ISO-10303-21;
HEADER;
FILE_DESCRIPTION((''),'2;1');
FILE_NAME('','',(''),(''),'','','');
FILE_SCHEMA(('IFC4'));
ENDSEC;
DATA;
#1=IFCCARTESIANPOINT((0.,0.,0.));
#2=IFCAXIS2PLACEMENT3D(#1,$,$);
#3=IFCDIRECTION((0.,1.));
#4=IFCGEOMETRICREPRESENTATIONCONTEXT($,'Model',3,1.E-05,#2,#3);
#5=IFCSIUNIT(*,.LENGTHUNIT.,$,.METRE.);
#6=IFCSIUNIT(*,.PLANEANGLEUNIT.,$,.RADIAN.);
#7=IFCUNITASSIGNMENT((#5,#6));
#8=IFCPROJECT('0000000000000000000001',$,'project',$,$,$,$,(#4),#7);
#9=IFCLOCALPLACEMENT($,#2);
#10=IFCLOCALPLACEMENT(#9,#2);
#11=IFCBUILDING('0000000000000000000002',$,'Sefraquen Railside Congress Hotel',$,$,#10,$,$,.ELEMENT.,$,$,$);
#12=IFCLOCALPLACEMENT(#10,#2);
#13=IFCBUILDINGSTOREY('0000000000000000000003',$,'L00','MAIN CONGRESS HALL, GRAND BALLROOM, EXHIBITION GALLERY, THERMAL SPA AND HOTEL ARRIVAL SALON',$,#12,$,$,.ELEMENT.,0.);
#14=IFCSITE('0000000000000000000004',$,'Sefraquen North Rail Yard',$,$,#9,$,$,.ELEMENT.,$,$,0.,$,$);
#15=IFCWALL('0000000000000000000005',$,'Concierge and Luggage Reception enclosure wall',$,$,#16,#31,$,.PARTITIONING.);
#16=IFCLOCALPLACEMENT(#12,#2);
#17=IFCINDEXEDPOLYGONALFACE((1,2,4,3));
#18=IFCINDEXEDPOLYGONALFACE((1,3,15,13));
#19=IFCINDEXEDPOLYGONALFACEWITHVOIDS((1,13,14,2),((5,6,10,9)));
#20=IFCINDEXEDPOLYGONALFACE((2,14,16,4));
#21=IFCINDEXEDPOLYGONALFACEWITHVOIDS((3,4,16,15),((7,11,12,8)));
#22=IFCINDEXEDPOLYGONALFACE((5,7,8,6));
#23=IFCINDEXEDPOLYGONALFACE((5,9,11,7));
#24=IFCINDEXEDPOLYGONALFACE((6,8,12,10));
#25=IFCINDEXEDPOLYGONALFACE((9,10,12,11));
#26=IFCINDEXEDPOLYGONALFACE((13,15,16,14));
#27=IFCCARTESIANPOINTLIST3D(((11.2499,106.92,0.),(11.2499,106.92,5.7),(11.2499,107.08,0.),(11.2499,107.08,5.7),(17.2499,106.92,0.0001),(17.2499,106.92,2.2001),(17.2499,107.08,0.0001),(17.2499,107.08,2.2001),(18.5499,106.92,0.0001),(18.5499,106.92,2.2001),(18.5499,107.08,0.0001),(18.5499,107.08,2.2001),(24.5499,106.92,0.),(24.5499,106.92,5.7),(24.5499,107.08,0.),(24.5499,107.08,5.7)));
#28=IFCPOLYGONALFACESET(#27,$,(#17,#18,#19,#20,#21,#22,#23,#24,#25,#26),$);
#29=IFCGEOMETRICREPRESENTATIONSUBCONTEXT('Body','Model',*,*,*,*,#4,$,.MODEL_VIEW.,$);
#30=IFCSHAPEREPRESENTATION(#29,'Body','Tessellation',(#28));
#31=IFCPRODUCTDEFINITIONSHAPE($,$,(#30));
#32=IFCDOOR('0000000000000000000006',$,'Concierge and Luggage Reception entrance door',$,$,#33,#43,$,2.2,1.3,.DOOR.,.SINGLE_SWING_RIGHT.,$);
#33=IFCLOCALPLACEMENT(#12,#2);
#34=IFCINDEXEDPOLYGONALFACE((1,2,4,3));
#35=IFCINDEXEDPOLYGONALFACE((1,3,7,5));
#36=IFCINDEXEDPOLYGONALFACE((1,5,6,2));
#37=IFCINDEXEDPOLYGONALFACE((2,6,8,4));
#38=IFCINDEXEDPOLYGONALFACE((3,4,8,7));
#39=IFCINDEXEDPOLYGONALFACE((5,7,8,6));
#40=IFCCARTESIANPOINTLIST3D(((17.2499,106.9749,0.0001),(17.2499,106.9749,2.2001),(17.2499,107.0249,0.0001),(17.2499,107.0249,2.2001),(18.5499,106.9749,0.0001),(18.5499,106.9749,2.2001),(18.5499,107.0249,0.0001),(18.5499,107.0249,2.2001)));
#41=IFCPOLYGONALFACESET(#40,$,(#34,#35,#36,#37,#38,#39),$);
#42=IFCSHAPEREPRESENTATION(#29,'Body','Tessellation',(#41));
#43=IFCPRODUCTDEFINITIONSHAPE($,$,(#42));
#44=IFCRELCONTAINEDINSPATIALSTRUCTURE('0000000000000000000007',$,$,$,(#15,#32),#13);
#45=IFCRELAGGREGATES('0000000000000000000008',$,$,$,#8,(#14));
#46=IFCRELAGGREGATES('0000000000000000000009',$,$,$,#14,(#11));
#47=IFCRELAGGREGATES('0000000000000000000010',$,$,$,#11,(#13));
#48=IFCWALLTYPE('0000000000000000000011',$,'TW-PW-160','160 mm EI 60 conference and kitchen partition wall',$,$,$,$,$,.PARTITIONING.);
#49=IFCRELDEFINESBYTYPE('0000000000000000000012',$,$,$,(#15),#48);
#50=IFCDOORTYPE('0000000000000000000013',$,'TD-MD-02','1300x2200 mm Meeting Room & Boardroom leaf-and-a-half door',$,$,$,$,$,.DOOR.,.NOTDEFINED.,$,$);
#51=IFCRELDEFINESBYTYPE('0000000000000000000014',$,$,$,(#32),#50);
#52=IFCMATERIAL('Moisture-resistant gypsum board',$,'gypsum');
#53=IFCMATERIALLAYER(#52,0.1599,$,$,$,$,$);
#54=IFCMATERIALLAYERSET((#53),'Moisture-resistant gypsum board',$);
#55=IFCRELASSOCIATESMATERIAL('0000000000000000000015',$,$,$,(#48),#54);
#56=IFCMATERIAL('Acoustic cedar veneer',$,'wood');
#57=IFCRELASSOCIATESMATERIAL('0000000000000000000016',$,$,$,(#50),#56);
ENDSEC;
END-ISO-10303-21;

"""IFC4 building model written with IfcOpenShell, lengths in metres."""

from ifc_helpers import new_model, si_unit, direction, frame, frame_2d, origin, place, context, subcontext, project, spatial, rectangle, extrude, material, layer, layer_set, type_object, element, fill, save


model = new_model("IFC4")

# Units and contexts
model_context = context("Model", 3, precision=1e-05, world=origin(), true_north=direction((0.0, 1.0)))
body_context = subcontext(model_context, "Body", "Model", "MODEL_VIEW")
ifc_project = project(units=[si_unit("LENGTHUNIT", "METRE"), si_unit("PLANEANGLEUNIT", "RADIAN")], contexts=[model_context])

# Site, building, storey
site_placement = place(None, origin())
site = spatial("IfcSite", under=ifc_project, at=site_placement, Name="Sefraquen North Rail Yard", CompositionType="ELEMENT", RefElevation=0.0)
building_placement = place(site_placement, origin())
building = spatial("IfcBuilding", under=site, at=building_placement, Name="Sefraquen Railside Congress Hotel", CompositionType="ELEMENT")
storey_placement = place(building_placement, origin())
storey = spatial("IfcBuildingStorey", under=building, at=storey_placement, Name="L00", Description="MAIN CONGRESS HALL, GRAND BALLROOM, EXHIBITION GALLERY, THERMAL SPA AND HOTEL ARRIVAL SALON", CompositionType="ELEMENT", Elevation=0.0)

# Wall, opening, door
ifc_material_1 = material(Name="Moisture-resistant gypsum board", Category="gypsum")
ifc_layer_1 = layer(ifc_material_1, 0.1599)
ifc_layer_set_1 = layer_set([ifc_layer_1], Name="Moisture-resistant gypsum board")
wall_type = type_object("IfcWallType", Name="TW-PW-160", Description="160 mm EI 60 conference and kitchen partition wall", PredefinedType="PARTITIONING", material=ifc_layer_set_1)
wall_1_placement = place(storey_placement, frame((11.25, 107.0, 0.0), z_axis=(0.0, 0.0, 1.0), x_axis=(1.0, 0.0, 0.0)))
wall_1 = element("IfcWall", 1, at=wall_1_placement, inside=storey, type_object=wall_type, Name="Concierge and Luggage Reception enclosure wall", PredefinedType="PARTITIONING", context=body_context, shape_type="SweptSolid", body=[
    extrude(rectangle(XDim=13.3, YDim=0.1599, at=frame_2d((6.6499, 0.0))), origin(), (0.0, 0.0, 1.0), 5.7),
])
opening_1_placement = place(wall_1_placement, frame((6.0, 0.0, 0.0)))
opening_1 = element("IfcOpeningElement", 2, at=opening_1_placement, cuts=wall_1, PredefinedType="OPENING", context=body_context, shape_type="SweptSolid", body=[
    extrude(rectangle(XDim=1.3, YDim=2.2, at=frame_2d((0.6499, 1.1001))), frame((0.0, 0.0898, 0.0), z_axis=(0.0, -1.0, 0.0), x_axis=(1.0, 0.0, 0.0)), (0.0, 0.0, 1.0), 0.1799),
])
ifc_material_2 = material(Name="Acoustic cedar veneer", Category="wood")
door_type_1 = type_object("IfcDoorType", Name="TD-MD-02", Description="1300x2200 mm Meeting Room & Boardroom leaf-and-a-half door", OperationType="NOTDEFINED", PredefinedType="DOOR", material=ifc_material_2)
door_1_placement = place(opening_1_placement, origin())
door_1 = element("IfcDoor", 3, at=door_1_placement, inside=storey, type_object=door_type_1, Name="Concierge and Luggage Reception entrance door", OperationType="SINGLE_SWING_RIGHT", OverallHeight=2.2, OverallWidth=1.3, PredefinedType="DOOR", context=body_context, shape_type="SweptSolid", body=[
    extrude(rectangle(XDim=1.3, YDim=2.2, at=frame_2d((0.6499, 1.1001))), frame((0.0, 0.0249, 0.0), z_axis=(0.0, -1.0, 0.0), x_axis=(1.0, 0.0, 0.0)), (0.0, 0.0, 1.0), 0.05),
])
fill(opening_1, door_1)

save(model, "model.ifc")
